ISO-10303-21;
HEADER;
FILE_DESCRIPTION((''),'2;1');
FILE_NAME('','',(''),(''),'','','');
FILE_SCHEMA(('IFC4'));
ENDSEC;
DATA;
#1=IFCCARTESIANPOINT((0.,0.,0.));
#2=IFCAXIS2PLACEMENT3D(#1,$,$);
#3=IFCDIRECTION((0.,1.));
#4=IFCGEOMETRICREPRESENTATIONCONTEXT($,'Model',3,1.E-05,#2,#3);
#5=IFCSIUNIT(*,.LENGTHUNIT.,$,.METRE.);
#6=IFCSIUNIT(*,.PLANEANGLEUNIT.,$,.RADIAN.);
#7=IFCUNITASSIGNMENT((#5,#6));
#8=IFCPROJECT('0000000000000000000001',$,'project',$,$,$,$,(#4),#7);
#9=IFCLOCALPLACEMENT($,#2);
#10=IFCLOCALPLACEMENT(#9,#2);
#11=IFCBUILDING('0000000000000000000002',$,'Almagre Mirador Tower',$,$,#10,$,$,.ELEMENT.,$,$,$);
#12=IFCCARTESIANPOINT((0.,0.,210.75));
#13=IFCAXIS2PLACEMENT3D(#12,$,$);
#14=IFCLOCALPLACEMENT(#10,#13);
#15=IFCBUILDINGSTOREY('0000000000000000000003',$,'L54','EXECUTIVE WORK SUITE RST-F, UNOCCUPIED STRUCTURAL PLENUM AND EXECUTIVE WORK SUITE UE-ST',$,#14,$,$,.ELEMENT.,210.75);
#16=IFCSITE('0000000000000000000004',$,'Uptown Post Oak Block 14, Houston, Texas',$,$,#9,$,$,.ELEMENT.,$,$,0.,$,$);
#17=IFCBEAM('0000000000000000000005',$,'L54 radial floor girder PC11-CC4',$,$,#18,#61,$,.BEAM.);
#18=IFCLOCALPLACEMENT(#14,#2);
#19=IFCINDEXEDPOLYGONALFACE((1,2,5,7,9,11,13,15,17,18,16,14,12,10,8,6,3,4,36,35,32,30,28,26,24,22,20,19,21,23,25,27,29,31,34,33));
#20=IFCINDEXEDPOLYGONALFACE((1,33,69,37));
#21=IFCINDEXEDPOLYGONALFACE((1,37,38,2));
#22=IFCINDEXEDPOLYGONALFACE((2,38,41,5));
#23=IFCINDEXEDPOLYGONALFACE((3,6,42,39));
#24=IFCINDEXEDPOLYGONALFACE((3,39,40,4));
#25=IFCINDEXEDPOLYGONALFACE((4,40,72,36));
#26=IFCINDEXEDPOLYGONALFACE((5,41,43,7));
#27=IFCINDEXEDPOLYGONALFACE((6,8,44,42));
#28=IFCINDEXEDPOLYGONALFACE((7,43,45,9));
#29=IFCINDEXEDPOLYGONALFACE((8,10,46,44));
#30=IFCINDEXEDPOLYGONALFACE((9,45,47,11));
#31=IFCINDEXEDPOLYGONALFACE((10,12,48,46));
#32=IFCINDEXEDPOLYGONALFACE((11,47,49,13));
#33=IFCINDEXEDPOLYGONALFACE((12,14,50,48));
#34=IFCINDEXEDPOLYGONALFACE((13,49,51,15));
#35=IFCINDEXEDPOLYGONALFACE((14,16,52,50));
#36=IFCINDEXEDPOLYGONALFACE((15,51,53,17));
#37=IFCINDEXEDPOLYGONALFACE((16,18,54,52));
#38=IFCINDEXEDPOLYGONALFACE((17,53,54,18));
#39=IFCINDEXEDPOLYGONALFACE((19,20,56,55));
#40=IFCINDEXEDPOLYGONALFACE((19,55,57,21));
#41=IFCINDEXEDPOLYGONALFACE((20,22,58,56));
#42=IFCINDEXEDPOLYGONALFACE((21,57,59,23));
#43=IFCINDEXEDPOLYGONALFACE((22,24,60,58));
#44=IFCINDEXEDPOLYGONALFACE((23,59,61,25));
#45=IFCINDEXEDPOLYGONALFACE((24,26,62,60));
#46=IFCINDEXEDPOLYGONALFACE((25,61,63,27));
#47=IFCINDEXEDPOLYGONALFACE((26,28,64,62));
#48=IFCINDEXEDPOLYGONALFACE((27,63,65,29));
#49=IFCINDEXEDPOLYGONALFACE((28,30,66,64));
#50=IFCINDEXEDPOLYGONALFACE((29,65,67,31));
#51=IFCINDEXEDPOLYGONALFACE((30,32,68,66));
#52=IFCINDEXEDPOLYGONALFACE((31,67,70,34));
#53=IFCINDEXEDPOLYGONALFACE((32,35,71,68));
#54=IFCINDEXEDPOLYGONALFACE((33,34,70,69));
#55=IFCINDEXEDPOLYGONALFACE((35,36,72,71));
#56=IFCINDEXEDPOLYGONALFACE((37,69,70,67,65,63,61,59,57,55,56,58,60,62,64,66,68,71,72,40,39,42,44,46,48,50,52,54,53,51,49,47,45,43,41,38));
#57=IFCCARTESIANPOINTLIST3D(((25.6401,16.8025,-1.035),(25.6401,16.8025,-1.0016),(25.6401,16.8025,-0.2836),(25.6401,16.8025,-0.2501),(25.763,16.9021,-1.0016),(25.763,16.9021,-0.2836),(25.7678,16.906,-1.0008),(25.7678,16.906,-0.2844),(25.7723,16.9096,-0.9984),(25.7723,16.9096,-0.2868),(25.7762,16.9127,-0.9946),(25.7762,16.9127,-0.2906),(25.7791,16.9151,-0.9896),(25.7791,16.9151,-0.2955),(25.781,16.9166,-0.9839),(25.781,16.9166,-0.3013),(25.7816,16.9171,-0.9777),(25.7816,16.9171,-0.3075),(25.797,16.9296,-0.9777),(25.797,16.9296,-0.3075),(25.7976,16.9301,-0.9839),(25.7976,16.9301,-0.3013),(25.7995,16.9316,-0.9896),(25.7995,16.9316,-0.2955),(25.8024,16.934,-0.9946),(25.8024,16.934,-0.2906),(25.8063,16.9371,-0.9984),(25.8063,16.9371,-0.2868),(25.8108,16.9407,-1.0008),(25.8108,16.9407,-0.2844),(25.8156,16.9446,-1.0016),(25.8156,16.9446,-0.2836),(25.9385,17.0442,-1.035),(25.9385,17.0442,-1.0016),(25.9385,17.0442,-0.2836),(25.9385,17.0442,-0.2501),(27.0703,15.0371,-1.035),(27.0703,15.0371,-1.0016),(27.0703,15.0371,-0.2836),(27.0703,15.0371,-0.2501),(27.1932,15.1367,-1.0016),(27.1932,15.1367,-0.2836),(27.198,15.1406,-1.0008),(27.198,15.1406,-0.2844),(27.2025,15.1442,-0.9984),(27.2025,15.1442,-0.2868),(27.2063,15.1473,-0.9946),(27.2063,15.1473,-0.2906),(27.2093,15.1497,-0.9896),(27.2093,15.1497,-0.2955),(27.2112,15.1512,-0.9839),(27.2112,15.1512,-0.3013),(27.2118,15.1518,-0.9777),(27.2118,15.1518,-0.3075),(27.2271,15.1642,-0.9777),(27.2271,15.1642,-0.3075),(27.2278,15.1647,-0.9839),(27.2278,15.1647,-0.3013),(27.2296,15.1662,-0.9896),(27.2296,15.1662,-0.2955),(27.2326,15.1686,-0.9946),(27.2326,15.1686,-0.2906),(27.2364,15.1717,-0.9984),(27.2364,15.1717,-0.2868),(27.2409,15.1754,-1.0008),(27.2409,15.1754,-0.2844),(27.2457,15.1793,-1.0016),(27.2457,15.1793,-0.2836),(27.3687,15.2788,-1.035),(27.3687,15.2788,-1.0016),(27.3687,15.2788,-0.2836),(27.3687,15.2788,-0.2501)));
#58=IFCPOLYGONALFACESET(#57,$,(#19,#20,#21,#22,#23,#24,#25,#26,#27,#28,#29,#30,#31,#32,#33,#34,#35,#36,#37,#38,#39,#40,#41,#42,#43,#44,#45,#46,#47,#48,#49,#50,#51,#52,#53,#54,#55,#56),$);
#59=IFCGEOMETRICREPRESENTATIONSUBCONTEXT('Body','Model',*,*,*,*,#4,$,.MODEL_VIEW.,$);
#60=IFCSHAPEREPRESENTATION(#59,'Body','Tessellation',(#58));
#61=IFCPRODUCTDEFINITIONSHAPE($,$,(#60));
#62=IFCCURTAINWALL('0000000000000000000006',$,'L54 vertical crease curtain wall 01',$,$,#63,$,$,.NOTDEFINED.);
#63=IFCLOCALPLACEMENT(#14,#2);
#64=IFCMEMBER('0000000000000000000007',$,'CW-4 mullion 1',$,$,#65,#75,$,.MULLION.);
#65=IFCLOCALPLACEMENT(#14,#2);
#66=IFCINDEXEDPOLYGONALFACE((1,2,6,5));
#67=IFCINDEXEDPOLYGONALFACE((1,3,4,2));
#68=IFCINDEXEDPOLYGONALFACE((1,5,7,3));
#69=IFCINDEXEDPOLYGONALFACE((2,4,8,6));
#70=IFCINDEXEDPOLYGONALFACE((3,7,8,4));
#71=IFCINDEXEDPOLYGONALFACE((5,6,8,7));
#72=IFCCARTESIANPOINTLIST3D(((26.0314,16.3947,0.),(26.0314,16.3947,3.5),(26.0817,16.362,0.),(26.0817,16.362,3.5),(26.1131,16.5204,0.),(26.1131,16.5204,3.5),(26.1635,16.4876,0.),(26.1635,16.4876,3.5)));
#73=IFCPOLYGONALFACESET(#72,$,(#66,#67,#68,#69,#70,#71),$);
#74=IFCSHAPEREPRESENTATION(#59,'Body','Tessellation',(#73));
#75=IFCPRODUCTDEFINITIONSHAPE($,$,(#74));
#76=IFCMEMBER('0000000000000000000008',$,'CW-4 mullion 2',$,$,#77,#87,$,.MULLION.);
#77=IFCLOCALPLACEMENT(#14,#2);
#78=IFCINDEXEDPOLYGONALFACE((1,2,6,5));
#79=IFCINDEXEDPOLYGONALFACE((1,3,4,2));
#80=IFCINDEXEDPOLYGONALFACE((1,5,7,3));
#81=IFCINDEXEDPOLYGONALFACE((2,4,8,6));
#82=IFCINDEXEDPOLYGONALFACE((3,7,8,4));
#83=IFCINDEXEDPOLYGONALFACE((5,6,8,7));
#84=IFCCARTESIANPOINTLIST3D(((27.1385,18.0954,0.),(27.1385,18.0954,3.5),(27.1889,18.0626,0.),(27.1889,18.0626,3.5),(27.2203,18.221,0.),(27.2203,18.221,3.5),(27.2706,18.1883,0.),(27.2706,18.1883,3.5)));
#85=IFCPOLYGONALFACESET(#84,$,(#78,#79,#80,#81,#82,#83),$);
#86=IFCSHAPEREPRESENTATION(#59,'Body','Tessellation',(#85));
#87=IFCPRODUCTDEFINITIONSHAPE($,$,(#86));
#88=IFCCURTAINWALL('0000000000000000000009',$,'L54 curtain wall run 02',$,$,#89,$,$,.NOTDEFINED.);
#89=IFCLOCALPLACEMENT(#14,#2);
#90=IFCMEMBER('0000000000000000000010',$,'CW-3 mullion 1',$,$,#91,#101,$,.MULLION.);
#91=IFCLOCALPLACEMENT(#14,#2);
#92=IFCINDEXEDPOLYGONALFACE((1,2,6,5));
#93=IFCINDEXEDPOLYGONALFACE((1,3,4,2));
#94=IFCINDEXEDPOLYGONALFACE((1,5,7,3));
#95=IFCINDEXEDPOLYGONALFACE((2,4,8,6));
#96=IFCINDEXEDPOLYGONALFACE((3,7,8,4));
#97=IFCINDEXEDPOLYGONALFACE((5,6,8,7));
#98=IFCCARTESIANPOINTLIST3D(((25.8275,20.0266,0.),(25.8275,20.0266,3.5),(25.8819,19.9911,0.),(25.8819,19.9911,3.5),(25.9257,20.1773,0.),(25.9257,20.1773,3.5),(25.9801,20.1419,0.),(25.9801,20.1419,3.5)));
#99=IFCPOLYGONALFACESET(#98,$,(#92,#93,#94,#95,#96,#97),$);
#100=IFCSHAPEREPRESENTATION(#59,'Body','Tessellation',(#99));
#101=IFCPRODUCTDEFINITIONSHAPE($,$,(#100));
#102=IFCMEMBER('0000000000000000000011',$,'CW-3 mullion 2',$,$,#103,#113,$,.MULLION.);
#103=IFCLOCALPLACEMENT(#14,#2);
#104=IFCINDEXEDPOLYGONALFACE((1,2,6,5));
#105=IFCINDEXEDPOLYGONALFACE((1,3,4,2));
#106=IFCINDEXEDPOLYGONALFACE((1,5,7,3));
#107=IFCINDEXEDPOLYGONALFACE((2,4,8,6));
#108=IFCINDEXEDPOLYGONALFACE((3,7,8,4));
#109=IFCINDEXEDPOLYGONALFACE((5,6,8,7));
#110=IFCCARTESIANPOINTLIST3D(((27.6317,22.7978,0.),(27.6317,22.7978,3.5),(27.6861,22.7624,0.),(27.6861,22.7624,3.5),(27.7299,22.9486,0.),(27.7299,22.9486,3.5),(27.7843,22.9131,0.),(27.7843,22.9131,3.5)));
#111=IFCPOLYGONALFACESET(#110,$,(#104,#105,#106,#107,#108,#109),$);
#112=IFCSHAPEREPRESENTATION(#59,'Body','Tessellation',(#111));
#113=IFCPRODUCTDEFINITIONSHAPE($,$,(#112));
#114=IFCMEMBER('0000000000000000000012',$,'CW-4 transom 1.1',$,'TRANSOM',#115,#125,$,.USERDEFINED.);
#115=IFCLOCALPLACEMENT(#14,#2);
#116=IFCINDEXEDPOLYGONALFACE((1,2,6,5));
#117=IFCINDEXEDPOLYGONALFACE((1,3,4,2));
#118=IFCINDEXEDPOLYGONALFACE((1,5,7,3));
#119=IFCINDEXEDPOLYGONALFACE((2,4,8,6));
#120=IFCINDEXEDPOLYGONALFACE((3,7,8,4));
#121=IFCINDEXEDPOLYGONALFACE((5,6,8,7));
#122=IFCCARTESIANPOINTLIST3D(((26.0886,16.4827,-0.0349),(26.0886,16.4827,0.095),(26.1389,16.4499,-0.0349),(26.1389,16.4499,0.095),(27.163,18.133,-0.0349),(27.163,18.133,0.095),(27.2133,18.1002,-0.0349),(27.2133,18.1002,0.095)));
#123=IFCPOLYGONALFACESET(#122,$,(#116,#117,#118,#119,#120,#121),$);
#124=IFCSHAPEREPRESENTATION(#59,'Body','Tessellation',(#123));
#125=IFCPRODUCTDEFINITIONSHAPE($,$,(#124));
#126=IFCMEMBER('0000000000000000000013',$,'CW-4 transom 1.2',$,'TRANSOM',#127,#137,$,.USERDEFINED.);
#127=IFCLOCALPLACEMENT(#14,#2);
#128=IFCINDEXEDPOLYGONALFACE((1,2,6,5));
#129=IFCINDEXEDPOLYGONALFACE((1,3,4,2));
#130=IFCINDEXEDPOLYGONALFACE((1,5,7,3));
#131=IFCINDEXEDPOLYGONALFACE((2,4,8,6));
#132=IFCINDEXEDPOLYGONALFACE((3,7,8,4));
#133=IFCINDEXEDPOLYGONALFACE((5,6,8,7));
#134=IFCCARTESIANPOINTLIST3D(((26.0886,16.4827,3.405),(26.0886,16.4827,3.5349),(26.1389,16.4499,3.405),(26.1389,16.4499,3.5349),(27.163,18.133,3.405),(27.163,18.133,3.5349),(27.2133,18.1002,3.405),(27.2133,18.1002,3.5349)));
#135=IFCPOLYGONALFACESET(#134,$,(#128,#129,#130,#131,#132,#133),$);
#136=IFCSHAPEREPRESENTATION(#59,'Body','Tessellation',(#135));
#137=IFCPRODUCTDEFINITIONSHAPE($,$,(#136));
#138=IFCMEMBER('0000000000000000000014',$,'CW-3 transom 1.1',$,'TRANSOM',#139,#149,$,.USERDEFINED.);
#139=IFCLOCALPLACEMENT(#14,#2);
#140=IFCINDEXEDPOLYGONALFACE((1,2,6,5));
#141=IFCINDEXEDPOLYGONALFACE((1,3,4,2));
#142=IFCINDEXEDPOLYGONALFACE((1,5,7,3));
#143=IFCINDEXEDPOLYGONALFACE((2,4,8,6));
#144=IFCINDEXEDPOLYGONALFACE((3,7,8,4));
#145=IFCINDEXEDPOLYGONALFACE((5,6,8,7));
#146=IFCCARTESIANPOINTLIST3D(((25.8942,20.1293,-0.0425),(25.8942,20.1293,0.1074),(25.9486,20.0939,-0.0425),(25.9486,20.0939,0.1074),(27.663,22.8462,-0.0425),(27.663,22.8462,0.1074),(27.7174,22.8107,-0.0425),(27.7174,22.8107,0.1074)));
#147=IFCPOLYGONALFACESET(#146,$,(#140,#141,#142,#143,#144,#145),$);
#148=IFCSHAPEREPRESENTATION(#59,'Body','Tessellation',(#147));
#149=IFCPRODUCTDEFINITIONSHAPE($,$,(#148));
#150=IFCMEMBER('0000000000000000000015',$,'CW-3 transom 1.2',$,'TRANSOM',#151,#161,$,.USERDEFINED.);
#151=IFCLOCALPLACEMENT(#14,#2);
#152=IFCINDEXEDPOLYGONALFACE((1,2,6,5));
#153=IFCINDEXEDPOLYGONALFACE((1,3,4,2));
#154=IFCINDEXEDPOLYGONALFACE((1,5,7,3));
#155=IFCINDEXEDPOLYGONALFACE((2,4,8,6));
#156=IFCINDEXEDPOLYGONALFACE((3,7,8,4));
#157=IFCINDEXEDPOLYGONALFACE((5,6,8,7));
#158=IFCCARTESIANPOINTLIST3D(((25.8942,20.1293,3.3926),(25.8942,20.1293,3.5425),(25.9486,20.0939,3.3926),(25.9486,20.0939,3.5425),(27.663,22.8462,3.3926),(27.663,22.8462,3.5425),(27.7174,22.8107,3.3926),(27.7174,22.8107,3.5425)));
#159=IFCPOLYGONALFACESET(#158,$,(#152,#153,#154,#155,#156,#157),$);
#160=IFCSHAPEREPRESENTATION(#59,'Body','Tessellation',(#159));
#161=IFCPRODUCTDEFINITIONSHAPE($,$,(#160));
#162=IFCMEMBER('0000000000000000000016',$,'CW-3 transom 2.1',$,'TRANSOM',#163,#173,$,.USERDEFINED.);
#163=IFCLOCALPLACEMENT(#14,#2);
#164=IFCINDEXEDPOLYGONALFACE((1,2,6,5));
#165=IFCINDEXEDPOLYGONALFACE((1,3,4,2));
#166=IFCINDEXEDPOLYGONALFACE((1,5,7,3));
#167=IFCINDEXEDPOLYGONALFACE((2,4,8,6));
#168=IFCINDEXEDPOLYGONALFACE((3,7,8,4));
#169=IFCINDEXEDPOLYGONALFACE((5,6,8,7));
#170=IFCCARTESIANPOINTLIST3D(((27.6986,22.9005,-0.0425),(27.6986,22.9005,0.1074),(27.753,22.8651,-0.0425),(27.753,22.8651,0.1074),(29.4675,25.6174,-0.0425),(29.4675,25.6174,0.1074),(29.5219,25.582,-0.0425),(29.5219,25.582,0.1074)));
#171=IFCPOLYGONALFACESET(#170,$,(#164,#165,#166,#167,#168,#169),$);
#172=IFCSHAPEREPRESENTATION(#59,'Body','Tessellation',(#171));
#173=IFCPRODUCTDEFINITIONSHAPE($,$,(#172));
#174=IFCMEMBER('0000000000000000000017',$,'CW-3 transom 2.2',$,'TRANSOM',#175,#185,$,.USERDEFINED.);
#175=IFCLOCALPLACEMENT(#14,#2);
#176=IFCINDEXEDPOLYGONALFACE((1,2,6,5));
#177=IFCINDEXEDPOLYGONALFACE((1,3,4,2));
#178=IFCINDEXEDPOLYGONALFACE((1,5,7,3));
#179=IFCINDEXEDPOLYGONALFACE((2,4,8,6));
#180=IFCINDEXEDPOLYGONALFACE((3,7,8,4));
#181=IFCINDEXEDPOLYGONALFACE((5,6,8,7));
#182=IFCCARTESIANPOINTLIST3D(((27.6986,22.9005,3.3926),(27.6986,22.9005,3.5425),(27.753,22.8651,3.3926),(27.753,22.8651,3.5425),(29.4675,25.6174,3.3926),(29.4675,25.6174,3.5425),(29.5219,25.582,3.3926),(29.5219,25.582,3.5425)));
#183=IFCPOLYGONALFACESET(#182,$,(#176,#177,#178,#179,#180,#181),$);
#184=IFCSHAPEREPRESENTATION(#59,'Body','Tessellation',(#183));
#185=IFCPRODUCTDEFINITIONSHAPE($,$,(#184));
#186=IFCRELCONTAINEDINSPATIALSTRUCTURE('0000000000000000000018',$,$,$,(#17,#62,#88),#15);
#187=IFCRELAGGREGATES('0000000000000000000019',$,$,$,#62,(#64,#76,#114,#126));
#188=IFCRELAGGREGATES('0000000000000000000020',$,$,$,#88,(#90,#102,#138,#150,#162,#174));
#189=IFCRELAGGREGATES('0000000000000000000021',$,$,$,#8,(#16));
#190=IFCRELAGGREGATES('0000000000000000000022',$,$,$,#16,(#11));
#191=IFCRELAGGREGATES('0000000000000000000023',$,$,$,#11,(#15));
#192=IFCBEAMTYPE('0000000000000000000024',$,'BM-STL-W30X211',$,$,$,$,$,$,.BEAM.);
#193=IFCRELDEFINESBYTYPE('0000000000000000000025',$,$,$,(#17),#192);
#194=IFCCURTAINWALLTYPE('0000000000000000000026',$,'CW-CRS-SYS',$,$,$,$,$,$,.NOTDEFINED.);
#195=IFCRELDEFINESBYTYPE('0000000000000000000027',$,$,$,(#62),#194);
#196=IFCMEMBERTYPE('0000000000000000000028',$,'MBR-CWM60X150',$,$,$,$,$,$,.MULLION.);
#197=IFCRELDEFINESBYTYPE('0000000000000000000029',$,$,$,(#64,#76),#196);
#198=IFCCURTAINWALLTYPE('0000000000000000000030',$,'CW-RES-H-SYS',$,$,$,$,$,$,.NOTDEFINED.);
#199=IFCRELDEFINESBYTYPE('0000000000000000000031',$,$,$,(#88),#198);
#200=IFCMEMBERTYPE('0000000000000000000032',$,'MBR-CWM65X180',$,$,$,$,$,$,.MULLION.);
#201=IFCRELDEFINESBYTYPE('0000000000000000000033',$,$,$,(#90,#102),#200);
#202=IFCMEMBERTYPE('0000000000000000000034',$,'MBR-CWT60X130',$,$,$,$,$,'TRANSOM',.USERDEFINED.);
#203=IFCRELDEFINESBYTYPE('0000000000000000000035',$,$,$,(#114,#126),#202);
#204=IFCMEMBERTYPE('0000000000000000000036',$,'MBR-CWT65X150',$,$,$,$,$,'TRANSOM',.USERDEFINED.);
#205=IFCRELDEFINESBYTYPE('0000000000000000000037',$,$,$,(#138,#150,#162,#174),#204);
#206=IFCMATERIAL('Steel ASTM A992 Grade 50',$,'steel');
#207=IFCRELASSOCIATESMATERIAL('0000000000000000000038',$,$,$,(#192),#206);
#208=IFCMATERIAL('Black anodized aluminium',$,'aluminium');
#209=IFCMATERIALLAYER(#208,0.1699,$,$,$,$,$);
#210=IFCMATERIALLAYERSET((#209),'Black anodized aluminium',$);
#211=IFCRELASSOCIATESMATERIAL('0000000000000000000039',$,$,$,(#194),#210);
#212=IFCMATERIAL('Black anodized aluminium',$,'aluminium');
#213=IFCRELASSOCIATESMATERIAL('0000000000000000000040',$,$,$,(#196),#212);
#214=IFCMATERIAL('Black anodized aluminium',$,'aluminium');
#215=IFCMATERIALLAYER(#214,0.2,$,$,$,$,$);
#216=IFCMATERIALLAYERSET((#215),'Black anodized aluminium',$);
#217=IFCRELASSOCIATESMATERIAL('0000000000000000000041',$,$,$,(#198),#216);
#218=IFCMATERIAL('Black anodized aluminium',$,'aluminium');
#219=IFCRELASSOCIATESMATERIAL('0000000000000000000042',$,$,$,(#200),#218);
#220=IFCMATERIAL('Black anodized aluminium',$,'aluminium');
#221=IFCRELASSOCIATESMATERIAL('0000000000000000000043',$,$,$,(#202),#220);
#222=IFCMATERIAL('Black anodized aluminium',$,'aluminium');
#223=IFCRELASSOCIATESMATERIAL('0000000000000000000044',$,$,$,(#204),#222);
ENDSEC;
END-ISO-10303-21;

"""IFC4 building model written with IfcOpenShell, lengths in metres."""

from ifc_helpers import new_model, si_unit, direction, frame, origin, origin_2d, place, context, subcontext, project, spatial, rectangle, i_section, extrude, material, layer, layer_set, material_profile, profile_set, type_object, element, aggregate, save


model = new_model("IFC4")

# Units and contexts
model_context = context("Model", 3, precision=1e-05, world=origin(), true_north=direction((0.0, 1.0)))
body_context = subcontext(model_context, "Body", "Model", "MODEL_VIEW")
ifc_project = project(units=[si_unit("LENGTHUNIT", "METRE"), si_unit("PLANEANGLEUNIT", "RADIAN")], contexts=[model_context])

# Site, building, storey
site_placement = place(None, origin())
site = spatial("IfcSite", under=ifc_project, at=site_placement, Name="Uptown Post Oak Block 14, Houston, Texas", CompositionType="ELEMENT", RefElevation=0.0)
building_placement = place(site_placement, origin())
building = spatial("IfcBuilding", under=site, at=building_placement, Name="Almagre Mirador Tower", CompositionType="ELEMENT")
storey_placement = place(building_placement, frame((0.0, 0.0, 210.75)))
storey = spatial("IfcBuildingStorey", under=building, at=storey_placement, Name="L54", Description="EXECUTIVE WORK SUITE RST-F, UNOCCUPIED STRUCTURAL PLENUM AND EXECUTIVE WORK SUITE UE-ST", CompositionType="ELEMENT", Elevation=210.75)

# Beam
ifc_material_1 = material(Name="Steel ASTM A992 Grade 50", Category="steel")
ifc_material_profile_1 = material_profile(ifc_material_1, i_section(OverallWidth=0.384, OverallDepth=0.7849, WebThickness=0.0198, FlangeThickness=0.0334, FilletRadius=0.0239, at=origin_2d()), Name="W30X211")
ifc_profile_set_1 = profile_set([ifc_material_profile_1], Name="Steel ASTM A992 Grade 50")
beam_type = type_object("IfcBeamType", Name="BM-STL-W30X211", PredefinedType="BEAM", material=ifc_profile_set_1)
beam_1_placement = place(storey_placement, frame((25.7893, 16.9233, -0.6426), z_axis=(0.629479, -0.777017, 0.0), x_axis=(0.777017, 0.629479, 0.0)))
element("IfcBeam", 1, at=beam_1_placement, inside=storey, type_object=beam_type, Name="L54 radial floor girder PC11-CC4", PredefinedType="BEAM", context=body_context, shape_type="SweptSolid", body=[
    extrude(i_section(OverallWidth=0.384, OverallDepth=0.7849, WebThickness=0.0198, FlangeThickness=0.0334, FilletRadius=0.0239, at=origin_2d()), origin(), (0.0, 0.0, 1.0), 2.272),
])

# Curtain walls, members
ifc_material_2 = material(Name="Black anodized aluminium", Category="aluminium")
ifc_layer_1 = layer(ifc_material_2, 0.1699)
ifc_layer_set_1 = layer_set([ifc_layer_1], Name="Black anodized aluminium")
curtain_wall_type_1 = type_object("IfcCurtainWallType", Name="CW-CRS-SYS", PredefinedType="NOTDEFINED", material=ifc_layer_set_1)
curtain_wall_1_placement = place(storey_placement, origin())
curtain_wall_1 = element("IfcCurtainWall", 2, at=curtain_wall_1_placement, inside=storey, type_object=curtain_wall_type_1, Name="L54 vertical crease curtain wall 01", PredefinedType="NOTDEFINED")
ifc_material_3 = material(Name="Black anodized aluminium", Category="aluminium")
ifc_material_profile_2 = material_profile(ifc_material_3, rectangle(XDim=0.0601, YDim=0.1499, at=origin_2d()), Name="CWM60X150")
ifc_profile_set_2 = profile_set([ifc_material_profile_2], Name="Black anodized aluminium")
member_type_1 = type_object("IfcMemberType", Name="MBR-CWM60X150", PredefinedType="MULLION", material=ifc_profile_set_2)
member_1_placement = place(storey_placement, frame((26.0974, 16.4412, 0.0), z_axis=(0.0, 0.0, 1.0), x_axis=(-0.838039, 0.545611, 0.0)))
member_1 = element("IfcMember", 3, at=member_1_placement, type_object=member_type_1, Name="CW-4 mullion 1", PredefinedType="MULLION", context=body_context, shape_type="SweptSolid", body=[
    extrude(rectangle(XDim=0.0601, YDim=0.1499, at=origin_2d()), origin(), (0.0, 0.0, 1.0), 3.5),
])
member_2_placement = place(storey_placement, frame((27.2046, 18.1418, 0.0), z_axis=(0.0, 0.0, 1.0), x_axis=(-0.838039, 0.545611, 0.0)))
member_2 = element("IfcMember", 4, at=member_2_placement, type_object=member_type_1, Name="CW-4 mullion 2", PredefinedType="MULLION", context=body_context, shape_type="SweptSolid", body=[
    extrude(rectangle(XDim=0.0601, YDim=0.1499, at=origin_2d()), origin(), (0.0, 0.0, 1.0), 3.5),
])
ifc_material_4 = material(Name="Black anodized aluminium", Category="aluminium")
ifc_layer_2 = layer(ifc_material_4, 0.2)
ifc_layer_set_2 = layer_set([ifc_layer_2], Name="Black anodized aluminium")
curtain_wall_type_2 = type_object("IfcCurtainWallType", Name="CW-RES-H-SYS", PredefinedType="NOTDEFINED", material=ifc_layer_set_2)
curtain_wall_2_placement = place(storey_placement, origin())
curtain_wall_2 = element("IfcCurtainWall", 5, at=curtain_wall_2_placement, inside=storey, type_object=curtain_wall_type_2, Name="L54 curtain wall run 02", PredefinedType="NOTDEFINED")
ifc_material_5 = material(Name="Black anodized aluminium", Category="aluminium")
ifc_material_profile_3 = material_profile(ifc_material_5, rectangle(XDim=0.0649, YDim=0.1799, at=origin_2d()), Name="CWM65X180")
ifc_profile_set_3 = profile_set([ifc_material_profile_3], Name="Black anodized aluminium")
member_type_2 = type_object("IfcMemberType", Name="MBR-CWM65X180", PredefinedType="MULLION", material=ifc_profile_set_3)
member_3_placement = place(storey_placement, frame((25.9038, 20.0842, 0.0), z_axis=(0.0, 0.0, 1.0), x_axis=(-0.838036, 0.545614, 0.0)))
member_3 = element("IfcMember", 6, at=member_3_placement, type_object=member_type_2, Name="CW-3 mullion 1", PredefinedType="MULLION", context=body_context, shape_type="SweptSolid", body=[
    extrude(rectangle(XDim=0.0649, YDim=0.1799, at=origin_2d()), origin(), (0.0, 0.0, 1.0), 3.5),
])
member_4_placement = place(storey_placement, frame((27.708, 22.8555, 0.0), z_axis=(0.0, 0.0, 1.0), x_axis=(-0.838036, 0.545614, 0.0)))
member_4 = element("IfcMember", 7, at=member_4_placement, type_object=member_type_2, Name="CW-3 mullion 2", PredefinedType="MULLION", context=body_context, shape_type="SweptSolid", body=[
    extrude(rectangle(XDim=0.0649, YDim=0.1799, at=origin_2d()), origin(), (0.0, 0.0, 1.0), 3.5),
])

# Members
ifc_material_6 = material(Name="Black anodized aluminium", Category="aluminium")
ifc_material_profile_4 = material_profile(ifc_material_6, rectangle(XDim=0.0601, YDim=0.1299, at=origin_2d()), Name="CWT60X130")
ifc_profile_set_4 = profile_set([ifc_material_profile_4], Name="Black anodized aluminium")
member_type_3 = type_object("IfcMemberType", Name="MBR-CWT60X130", ElementType="TRANSOM", PredefinedType="USERDEFINED", material=ifc_profile_set_4)
member_5_placement = place(storey_placement, frame((26.1138, 16.4663, 0.03), z_axis=(0.545598, 0.838047, 0.0), x_axis=(-0.838047, 0.545598, 0.0)))
member_5 = element("IfcMember", 8, at=member_5_placement, type_object=member_type_3, Name="CW-4 transom 1.1", ObjectType="TRANSOM", PredefinedType="USERDEFINED", context=body_context, shape_type="SweptSolid", body=[
    extrude(rectangle(XDim=0.0601, YDim=0.1299, at=origin_2d()), origin(), (0.0, 0.0, 1.0), 1.9692),
])
member_6_placement = place(storey_placement, frame((26.1138, 16.4663, 3.47), z_axis=(0.545598, 0.838047, 0.0), x_axis=(-0.838047, 0.545598, 0.0)))
member_6 = element("IfcMember", 9, at=member_6_placement, type_object=member_type_3, Name="CW-4 transom 1.2", ObjectType="TRANSOM", PredefinedType="USERDEFINED", context=body_context, shape_type="SweptSolid", body=[
    extrude(rectangle(XDim=0.0601, YDim=0.1299, at=origin_2d()), origin(), (0.0, 0.0, 1.0), 1.9692),
])
ifc_material_7 = material(Name="Black anodized aluminium", Category="aluminium")
ifc_material_profile_5 = material_profile(ifc_material_7, rectangle(XDim=0.0649, YDim=0.1499, at=origin_2d()), Name="CWT65X150")
ifc_profile_set_5 = profile_set([ifc_material_profile_5], Name="Black anodized aluminium")
member_type_4 = type_object("IfcMemberType", Name="MBR-CWT65X150", ElementType="TRANSOM", PredefinedType="USERDEFINED", material=ifc_profile_set_5)
member_7_placement = place(storey_placement, frame((25.9214, 20.1116, 0.0325), z_axis=(0.545613, 0.838037, 0.0), x_axis=(-0.838037, 0.545613, 0.0)))
member_7 = element("IfcMember", 10, at=member_7_placement, type_object=member_type_4, Name="CW-3 transom 1.1", ObjectType="TRANSOM", PredefinedType="USERDEFINED", context=body_context, shape_type="SweptSolid", body=[
    extrude(rectangle(XDim=0.0649, YDim=0.1499, at=origin_2d()), origin(), (0.0, 0.0, 1.0), 3.2419),
])
member_8_placement = place(storey_placement, frame((25.9214, 20.1116, 3.4675), z_axis=(0.545613, 0.838037, 0.0), x_axis=(-0.838037, 0.545613, 0.0)))
member_8 = element("IfcMember", 11, at=member_8_placement, type_object=member_type_4, Name="CW-3 transom 1.2", ObjectType="TRANSOM", PredefinedType="USERDEFINED", context=body_context, shape_type="SweptSolid", body=[
    extrude(rectangle(XDim=0.0649, YDim=0.1499, at=origin_2d()), origin(), (0.0, 0.0, 1.0), 3.2419),
])
member_9_placement = place(storey_placement, frame((27.7258, 22.8828, 0.0325), z_axis=(0.545613, 0.838037, 0.0), x_axis=(-0.838037, 0.545613, 0.0)))
member_9 = element("IfcMember", 12, at=member_9_placement, type_object=member_type_4, Name="CW-3 transom 2.1", ObjectType="TRANSOM", PredefinedType="USERDEFINED", context=body_context, shape_type="SweptSolid", body=[
    extrude(rectangle(XDim=0.0649, YDim=0.1499, at=origin_2d()), origin(), (0.0, 0.0, 1.0), 3.2419),
])
member_10_placement = place(storey_placement, frame((27.7258, 22.8828, 3.4675), z_axis=(0.545613, 0.838037, 0.0), x_axis=(-0.838037, 0.545613, 0.0)))
member_10 = element("IfcMember", 13, at=member_10_placement, type_object=member_type_4, Name="CW-3 transom 2.2", ObjectType="TRANSOM", PredefinedType="USERDEFINED", context=body_context, shape_type="SweptSolid", body=[
    extrude(rectangle(XDim=0.0649, YDim=0.1499, at=origin_2d()), origin(), (0.0, 0.0, 1.0), 3.2419),
])

aggregate(curtain_wall_1, [member_1, member_2, member_5, member_6])
aggregate(curtain_wall_2, [member_3, member_4, member_7, member_8, member_9, member_10])

save(model, "model.ifc")
